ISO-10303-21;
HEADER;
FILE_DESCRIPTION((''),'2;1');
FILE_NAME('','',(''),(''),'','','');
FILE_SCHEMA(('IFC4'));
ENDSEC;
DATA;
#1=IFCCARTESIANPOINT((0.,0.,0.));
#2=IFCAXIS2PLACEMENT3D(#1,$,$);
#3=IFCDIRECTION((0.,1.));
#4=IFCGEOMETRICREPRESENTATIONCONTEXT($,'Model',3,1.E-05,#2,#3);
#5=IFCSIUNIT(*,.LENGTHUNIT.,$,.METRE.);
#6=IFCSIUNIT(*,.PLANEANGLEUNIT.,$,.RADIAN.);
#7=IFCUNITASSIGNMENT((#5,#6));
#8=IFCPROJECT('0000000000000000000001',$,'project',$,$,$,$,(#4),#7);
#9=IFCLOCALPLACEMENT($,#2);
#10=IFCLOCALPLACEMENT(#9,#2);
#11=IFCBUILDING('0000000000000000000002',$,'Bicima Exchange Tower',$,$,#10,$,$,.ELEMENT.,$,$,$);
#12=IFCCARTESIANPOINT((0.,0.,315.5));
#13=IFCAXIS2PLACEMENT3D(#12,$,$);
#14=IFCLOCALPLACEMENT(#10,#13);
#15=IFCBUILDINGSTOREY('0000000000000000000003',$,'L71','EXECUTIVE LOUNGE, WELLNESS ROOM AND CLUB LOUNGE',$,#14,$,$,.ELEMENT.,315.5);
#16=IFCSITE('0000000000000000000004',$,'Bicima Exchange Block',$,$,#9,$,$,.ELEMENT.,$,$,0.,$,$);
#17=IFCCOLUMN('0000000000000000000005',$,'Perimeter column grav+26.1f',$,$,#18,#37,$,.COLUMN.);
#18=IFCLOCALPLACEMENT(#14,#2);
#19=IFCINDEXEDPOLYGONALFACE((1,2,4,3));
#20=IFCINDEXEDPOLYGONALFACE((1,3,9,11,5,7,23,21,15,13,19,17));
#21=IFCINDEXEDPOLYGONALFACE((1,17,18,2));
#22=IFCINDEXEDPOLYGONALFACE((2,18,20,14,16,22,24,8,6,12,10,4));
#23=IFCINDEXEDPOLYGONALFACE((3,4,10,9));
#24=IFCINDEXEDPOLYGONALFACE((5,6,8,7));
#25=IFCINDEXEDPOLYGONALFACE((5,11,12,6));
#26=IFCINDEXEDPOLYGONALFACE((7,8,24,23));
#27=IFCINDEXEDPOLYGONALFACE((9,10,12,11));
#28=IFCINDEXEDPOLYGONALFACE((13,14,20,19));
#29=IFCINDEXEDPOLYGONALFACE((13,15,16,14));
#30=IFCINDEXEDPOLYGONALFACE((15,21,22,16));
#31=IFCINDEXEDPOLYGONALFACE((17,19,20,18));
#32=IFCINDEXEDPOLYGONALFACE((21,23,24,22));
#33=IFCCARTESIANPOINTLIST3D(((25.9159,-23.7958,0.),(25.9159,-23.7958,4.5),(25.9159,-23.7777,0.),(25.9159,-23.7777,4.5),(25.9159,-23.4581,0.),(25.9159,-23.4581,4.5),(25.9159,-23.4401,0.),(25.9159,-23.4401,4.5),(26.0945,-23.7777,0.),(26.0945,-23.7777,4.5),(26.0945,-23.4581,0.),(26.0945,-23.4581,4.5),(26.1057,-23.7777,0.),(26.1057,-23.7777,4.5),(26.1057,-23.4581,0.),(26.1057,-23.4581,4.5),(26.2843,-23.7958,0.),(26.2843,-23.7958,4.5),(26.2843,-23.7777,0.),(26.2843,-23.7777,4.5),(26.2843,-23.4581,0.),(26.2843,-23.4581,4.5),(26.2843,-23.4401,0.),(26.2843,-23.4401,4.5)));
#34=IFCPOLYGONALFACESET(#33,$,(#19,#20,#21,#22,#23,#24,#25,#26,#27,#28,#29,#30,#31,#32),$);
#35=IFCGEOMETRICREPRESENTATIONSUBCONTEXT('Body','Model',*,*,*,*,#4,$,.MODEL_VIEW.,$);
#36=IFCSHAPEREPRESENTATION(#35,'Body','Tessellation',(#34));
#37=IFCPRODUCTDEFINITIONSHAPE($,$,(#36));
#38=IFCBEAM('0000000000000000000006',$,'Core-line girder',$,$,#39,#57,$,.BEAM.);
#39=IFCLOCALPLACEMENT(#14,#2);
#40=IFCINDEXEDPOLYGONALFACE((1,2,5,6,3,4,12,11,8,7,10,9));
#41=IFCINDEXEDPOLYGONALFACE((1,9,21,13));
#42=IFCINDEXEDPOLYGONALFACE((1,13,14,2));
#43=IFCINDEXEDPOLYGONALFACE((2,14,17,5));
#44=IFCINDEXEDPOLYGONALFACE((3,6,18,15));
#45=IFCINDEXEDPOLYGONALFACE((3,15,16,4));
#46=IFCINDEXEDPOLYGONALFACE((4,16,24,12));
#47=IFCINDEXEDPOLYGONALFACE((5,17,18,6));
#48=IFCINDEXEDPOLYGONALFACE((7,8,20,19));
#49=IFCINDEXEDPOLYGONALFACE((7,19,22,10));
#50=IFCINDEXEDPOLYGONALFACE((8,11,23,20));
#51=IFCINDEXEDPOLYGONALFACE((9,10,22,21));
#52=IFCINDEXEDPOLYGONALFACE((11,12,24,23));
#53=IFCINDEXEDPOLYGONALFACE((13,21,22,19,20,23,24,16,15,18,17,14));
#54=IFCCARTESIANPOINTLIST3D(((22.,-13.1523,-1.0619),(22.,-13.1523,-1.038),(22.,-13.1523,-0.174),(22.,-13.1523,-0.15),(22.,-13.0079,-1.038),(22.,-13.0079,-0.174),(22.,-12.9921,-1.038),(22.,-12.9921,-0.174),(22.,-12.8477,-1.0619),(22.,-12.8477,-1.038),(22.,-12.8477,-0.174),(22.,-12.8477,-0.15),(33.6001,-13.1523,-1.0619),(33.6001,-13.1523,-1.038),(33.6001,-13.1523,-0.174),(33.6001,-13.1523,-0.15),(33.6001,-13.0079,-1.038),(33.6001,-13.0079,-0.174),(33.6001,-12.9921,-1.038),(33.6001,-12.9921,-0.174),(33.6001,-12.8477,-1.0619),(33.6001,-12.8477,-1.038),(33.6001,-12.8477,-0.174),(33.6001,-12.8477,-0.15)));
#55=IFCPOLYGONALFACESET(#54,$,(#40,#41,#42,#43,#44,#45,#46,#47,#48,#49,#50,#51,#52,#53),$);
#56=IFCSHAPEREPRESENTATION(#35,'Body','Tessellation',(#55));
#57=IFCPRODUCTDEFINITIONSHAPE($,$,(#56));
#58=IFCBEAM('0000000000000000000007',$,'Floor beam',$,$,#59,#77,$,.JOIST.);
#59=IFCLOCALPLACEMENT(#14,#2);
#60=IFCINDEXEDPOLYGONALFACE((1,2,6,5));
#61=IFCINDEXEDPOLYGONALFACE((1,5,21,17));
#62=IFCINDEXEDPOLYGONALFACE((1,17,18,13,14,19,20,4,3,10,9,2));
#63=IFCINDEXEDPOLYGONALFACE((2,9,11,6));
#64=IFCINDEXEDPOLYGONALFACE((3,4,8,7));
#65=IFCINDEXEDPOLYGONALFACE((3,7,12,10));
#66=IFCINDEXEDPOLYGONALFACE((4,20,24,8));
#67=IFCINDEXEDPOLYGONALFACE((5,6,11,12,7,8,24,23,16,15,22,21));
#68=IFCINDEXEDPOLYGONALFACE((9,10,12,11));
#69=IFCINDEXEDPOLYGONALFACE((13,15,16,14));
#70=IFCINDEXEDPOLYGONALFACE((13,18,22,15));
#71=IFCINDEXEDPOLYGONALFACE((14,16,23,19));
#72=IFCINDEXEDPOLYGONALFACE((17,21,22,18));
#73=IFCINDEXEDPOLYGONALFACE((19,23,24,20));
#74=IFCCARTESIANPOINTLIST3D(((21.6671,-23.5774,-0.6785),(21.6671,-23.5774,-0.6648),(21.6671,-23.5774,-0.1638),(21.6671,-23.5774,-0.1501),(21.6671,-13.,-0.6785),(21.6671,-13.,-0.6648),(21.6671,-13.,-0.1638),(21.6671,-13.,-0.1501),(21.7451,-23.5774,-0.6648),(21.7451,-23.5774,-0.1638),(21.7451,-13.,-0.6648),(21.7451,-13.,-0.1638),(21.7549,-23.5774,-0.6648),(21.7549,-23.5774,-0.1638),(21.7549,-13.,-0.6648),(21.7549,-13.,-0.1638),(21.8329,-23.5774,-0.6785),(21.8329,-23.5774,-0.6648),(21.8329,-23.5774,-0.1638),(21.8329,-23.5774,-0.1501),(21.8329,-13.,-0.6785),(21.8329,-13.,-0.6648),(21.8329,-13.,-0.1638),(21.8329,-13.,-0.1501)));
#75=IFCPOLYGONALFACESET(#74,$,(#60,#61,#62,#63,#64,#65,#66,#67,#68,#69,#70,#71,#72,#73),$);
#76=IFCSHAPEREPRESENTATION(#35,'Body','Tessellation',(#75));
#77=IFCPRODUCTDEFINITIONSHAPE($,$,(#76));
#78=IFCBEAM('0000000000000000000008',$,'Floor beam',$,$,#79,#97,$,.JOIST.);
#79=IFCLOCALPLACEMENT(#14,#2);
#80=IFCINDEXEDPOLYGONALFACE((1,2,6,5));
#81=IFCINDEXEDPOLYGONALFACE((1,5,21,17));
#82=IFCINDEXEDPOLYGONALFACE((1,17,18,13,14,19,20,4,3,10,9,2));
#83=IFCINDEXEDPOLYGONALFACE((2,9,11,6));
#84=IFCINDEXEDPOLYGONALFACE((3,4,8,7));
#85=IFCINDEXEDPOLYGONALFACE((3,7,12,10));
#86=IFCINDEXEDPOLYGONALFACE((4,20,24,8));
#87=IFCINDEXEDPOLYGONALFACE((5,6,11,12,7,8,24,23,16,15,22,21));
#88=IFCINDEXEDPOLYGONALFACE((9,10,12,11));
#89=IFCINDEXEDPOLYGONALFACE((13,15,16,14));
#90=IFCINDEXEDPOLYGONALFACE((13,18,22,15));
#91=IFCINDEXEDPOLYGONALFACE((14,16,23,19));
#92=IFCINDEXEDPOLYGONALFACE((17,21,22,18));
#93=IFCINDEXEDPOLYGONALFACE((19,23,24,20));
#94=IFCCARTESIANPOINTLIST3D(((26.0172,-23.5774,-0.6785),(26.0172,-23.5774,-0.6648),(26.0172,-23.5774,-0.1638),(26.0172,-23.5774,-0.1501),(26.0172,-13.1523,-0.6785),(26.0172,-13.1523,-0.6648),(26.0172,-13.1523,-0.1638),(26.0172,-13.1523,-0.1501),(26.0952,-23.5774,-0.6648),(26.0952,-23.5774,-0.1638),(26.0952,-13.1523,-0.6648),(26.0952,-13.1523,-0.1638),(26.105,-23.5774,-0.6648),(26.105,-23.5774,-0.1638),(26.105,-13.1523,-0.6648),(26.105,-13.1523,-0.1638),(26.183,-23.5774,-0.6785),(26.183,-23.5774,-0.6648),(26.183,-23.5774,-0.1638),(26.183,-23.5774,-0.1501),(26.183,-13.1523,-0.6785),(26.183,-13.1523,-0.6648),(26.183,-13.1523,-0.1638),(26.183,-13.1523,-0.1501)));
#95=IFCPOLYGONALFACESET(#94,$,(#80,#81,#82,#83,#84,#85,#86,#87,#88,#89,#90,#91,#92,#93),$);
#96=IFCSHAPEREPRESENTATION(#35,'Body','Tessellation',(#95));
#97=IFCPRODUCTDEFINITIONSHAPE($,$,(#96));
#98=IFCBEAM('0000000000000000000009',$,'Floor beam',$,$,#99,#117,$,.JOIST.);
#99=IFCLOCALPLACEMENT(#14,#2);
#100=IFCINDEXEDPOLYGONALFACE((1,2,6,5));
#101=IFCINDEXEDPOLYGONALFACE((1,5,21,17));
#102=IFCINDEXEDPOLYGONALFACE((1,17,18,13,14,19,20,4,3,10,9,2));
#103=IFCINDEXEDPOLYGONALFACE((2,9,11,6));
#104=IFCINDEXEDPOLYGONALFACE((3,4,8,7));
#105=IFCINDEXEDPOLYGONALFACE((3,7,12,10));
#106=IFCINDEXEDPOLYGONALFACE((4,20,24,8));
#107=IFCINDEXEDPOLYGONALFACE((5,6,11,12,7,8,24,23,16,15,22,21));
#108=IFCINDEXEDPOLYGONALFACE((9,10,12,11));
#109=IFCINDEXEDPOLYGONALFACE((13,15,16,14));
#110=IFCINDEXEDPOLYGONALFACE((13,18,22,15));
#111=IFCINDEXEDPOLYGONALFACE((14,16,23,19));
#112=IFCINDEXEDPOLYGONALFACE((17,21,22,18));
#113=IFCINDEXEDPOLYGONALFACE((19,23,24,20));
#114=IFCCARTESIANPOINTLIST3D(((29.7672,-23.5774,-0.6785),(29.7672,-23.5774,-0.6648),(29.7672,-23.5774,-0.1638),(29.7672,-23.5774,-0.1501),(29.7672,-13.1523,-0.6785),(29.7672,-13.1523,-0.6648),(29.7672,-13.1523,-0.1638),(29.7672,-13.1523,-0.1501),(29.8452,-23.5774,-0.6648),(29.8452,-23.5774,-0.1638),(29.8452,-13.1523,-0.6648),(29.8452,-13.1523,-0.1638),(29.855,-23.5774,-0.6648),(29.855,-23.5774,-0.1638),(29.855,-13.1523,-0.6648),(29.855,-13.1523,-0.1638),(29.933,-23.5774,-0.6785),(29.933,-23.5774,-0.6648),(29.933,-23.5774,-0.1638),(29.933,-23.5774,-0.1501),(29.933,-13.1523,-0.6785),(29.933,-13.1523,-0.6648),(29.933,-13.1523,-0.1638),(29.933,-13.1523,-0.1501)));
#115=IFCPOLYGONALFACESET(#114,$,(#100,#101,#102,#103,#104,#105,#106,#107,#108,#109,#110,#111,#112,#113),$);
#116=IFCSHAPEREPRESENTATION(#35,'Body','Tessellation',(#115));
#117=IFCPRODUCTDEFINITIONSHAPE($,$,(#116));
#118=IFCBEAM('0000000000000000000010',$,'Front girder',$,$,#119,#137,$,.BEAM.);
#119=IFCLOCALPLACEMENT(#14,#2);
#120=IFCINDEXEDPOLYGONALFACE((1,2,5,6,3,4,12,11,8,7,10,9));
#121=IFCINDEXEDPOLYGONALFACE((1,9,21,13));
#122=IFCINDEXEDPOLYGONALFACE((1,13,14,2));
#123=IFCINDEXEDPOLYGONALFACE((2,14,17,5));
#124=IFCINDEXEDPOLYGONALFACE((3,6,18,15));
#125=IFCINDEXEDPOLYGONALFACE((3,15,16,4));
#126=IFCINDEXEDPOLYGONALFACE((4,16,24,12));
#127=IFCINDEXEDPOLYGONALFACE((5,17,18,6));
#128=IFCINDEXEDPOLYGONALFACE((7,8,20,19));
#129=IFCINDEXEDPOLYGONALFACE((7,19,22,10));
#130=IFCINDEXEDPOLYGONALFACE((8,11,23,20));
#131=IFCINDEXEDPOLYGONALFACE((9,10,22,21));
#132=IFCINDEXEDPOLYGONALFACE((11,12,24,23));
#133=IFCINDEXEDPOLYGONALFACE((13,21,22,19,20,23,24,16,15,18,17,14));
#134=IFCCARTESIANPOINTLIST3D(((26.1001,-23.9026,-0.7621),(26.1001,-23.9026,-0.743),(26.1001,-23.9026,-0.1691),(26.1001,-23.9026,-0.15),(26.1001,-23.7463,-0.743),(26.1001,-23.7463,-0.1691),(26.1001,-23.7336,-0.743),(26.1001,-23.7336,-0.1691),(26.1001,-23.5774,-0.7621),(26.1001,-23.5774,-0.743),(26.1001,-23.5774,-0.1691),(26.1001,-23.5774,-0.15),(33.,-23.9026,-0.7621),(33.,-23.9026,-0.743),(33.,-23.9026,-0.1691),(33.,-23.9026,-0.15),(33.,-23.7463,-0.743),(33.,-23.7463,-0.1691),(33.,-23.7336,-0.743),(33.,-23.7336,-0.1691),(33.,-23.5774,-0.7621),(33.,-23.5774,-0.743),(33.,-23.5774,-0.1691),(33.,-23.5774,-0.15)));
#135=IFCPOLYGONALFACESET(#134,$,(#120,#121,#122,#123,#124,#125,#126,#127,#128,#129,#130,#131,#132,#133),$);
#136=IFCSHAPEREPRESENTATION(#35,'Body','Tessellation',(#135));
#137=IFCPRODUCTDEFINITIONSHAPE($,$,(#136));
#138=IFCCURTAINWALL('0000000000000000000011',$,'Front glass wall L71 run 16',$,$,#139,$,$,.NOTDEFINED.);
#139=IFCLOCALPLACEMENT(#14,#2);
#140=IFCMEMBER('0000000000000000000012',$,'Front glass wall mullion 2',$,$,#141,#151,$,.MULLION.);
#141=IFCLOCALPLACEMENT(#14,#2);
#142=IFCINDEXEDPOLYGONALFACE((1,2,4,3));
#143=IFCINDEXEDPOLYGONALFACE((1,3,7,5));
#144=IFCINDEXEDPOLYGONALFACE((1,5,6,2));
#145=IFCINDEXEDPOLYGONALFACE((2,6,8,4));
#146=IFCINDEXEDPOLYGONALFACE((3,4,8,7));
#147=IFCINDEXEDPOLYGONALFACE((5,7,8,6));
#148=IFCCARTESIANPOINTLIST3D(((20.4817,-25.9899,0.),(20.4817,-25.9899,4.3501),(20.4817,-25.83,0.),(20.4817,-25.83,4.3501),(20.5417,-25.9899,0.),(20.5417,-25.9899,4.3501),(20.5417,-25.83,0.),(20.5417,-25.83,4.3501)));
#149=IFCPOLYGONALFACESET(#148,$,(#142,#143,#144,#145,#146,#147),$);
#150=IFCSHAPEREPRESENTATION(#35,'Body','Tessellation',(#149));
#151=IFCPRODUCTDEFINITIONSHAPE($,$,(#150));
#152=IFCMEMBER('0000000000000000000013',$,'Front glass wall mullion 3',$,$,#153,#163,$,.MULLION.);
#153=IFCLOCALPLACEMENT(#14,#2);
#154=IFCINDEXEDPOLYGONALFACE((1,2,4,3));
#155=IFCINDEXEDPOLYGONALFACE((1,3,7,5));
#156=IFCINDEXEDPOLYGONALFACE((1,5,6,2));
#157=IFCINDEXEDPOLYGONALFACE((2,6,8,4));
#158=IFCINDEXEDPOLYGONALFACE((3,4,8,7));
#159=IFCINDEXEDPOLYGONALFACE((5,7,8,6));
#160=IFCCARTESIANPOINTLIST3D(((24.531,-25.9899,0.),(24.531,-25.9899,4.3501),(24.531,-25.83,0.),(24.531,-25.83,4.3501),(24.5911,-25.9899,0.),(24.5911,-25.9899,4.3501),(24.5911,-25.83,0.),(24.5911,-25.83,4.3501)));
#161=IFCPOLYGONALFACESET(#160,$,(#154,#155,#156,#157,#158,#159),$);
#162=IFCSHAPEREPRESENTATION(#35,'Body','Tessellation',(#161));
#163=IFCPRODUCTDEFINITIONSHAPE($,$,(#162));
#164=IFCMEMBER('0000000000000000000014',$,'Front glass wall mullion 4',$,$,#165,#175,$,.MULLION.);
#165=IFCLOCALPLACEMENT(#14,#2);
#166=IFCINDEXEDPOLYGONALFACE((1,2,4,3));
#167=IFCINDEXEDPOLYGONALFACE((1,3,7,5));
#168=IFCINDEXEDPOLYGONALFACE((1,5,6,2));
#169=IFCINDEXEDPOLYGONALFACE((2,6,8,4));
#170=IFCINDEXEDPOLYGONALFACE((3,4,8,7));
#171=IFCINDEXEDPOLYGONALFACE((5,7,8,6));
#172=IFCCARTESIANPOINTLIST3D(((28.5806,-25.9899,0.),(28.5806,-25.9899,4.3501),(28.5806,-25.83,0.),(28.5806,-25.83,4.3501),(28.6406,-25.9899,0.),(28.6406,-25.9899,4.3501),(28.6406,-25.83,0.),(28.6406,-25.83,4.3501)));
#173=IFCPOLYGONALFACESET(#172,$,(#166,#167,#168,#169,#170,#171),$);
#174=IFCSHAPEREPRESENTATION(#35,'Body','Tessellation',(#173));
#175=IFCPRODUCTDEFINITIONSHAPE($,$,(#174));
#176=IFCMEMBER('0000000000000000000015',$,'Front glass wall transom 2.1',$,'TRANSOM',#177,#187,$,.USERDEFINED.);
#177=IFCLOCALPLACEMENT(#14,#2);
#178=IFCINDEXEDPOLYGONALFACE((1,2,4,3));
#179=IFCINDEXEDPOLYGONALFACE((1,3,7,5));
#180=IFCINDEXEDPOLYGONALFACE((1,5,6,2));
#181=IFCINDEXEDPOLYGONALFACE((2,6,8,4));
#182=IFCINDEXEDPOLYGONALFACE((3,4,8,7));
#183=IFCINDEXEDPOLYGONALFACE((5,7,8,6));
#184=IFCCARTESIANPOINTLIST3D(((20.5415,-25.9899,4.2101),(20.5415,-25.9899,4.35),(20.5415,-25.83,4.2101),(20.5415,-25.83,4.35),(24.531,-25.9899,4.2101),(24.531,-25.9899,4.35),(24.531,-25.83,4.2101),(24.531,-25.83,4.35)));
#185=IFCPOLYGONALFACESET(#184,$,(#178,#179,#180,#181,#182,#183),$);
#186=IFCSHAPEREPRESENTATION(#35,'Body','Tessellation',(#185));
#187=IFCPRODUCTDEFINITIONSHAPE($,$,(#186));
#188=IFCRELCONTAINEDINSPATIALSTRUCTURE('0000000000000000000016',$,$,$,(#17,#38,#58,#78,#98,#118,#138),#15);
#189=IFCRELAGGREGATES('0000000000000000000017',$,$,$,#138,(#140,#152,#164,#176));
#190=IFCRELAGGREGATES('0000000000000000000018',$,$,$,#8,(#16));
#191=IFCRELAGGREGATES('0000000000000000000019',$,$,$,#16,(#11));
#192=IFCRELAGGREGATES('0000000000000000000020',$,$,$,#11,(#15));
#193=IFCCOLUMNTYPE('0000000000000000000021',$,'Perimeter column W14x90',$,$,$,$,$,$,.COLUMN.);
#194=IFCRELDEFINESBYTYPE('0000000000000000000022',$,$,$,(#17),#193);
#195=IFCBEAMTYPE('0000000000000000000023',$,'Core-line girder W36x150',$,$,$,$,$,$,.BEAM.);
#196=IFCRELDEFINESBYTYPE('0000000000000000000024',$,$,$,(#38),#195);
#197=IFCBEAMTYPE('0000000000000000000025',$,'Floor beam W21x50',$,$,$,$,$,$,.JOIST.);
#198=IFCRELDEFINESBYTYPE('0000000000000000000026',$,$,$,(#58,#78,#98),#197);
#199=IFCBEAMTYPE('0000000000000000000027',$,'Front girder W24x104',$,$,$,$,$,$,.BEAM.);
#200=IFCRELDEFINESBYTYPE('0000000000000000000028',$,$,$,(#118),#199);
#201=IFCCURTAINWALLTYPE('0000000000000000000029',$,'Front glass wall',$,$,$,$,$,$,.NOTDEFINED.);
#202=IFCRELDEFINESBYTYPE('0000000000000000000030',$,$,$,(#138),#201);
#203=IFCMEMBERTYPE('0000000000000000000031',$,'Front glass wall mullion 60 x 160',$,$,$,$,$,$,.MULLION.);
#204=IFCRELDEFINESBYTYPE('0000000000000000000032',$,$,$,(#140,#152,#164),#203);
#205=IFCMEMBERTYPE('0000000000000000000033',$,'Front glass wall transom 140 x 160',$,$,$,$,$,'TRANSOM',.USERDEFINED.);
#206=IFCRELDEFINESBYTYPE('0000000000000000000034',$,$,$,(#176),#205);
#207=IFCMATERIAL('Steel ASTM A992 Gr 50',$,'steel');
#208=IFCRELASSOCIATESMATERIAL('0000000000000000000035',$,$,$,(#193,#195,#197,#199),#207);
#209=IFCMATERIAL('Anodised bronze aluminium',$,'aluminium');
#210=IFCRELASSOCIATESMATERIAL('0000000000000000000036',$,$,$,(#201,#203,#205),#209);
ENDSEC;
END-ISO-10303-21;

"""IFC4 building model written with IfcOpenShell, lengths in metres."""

from ifc_helpers import new_model, si_unit, direction, frame, origin, origin_2d, place, context, subcontext, project, spatial, rectangle, i_section, extrude, material, material_profile, profile_set, type_object, element, aggregate, save


model = new_model("IFC4")

# Units and contexts
model_context = context("Model", 3, precision=1e-05, world=origin(), true_north=direction((0.0, 1.0)))
body_context = subcontext(model_context, "Body", "Model", "MODEL_VIEW")
ifc_project = project(units=[si_unit("LENGTHUNIT", "METRE"), si_unit("PLANEANGLEUNIT", "RADIAN")], contexts=[model_context])

# Site, building, storey
site_placement = place(None, origin())
site = spatial("IfcSite", under=ifc_project, at=site_placement, Name="Bicima Exchange Block", CompositionType="ELEMENT", RefElevation=0.0)
building_placement = place(site_placement, origin())
building = spatial("IfcBuilding", under=site, at=building_placement, Name="Bicima Exchange Tower", CompositionType="ELEMENT")
storey_placement = place(building_placement, frame((0.0, 0.0, 315.5)))
storey = spatial("IfcBuildingStorey", under=building, at=storey_placement, Name="L71", Description="EXECUTIVE LOUNGE, WELLNESS ROOM AND CLUB LOUNGE", CompositionType="ELEMENT", Elevation=315.5)

# Column
ifc_material_1 = material(Name="Steel ASTM A992 Gr 50", Category="steel")
ifc_material_profile_1 = material_profile(ifc_material_1, i_section(OverallWidth=0.3684, OverallDepth=0.3557, WebThickness=0.0112, FlangeThickness=0.0181, at=origin_2d()))
ifc_profile_set_1 = profile_set([ifc_material_profile_1], Name="Steel ASTM A992 Gr 50")
column_type = type_object("IfcColumnType", Name="Perimeter column W14x90", PredefinedType="COLUMN", material=ifc_profile_set_1)
column_placement = place(storey_placement, frame((26.1001, -23.6179, 0.0), z_axis=(0.0, 0.0, 1.0), x_axis=(1.0, 0.0, 0.0)))
element("IfcColumn", 1, at=column_placement, inside=storey, type_object=column_type, Name="Perimeter column grav+26.1f", PredefinedType="COLUMN", context=body_context, shape_type="SweptSolid", body=[
    extrude(i_section(OverallWidth=0.3684, OverallDepth=0.3557, WebThickness=0.0112, FlangeThickness=0.0181, at=origin_2d()), origin(), (0.0, 0.0, 1.0), 4.5),
])

# Beams
ifc_material_profile_2 = material_profile(ifc_material_1, i_section(OverallWidth=0.3047, OverallDepth=0.9119, WebThickness=0.0159, FlangeThickness=0.0239, at=origin_2d()))
ifc_profile_set_2 = profile_set([ifc_material_profile_2], Name="Steel ASTM A992 Gr 50")
beam_type_1 = type_object("IfcBeamType", Name="Core-line girder W36x150", PredefinedType="BEAM", material=ifc_profile_set_2)
beam_1_placement = place(storey_placement, frame((22.0, -13.0, -0.606), z_axis=(1.0, 0.0, 0.0), x_axis=(0.0, 1.0, 0.0)))
element("IfcBeam", 2, at=beam_1_placement, inside=storey, type_object=beam_type_1, Name="Core-line girder", PredefinedType="BEAM", context=body_context, shape_type="SweptSolid", body=[
    extrude(i_section(OverallWidth=0.3047, OverallDepth=0.9119, WebThickness=0.0159, FlangeThickness=0.0239, at=origin_2d()), origin(), (0.0, 0.0, 1.0), 11.6001),
])
ifc_material_profile_3 = material_profile(ifc_material_1, i_section(OverallWidth=0.1658, OverallDepth=0.5283, WebThickness=0.0098, FlangeThickness=0.0137, at=origin_2d()))
ifc_profile_set_3 = profile_set([ifc_material_profile_3], Name="Steel ASTM A992 Gr 50")
beam_type_2 = type_object("IfcBeamType", Name="Floor beam W21x50", PredefinedType="JOIST", material=ifc_profile_set_3)
beam_2_placement = place(storey_placement, frame((21.75, -13.0, -0.4143), z_axis=(0.0, -1.0, 0.0), x_axis=(1.0, 0.0, 0.0)))
element("IfcBeam", 3, at=beam_2_placement, inside=storey, type_object=beam_type_2, Name="Floor beam", PredefinedType="JOIST", context=body_context, shape_type="SweptSolid", body=[
    extrude(i_section(OverallWidth=0.1658, OverallDepth=0.5283, WebThickness=0.0098, FlangeThickness=0.0137, at=origin_2d()), origin(), (0.0, 0.0, 1.0), 10.5774),
])
for number, where, z_axis, x_axis, name in (
    (4, (26.1001, -13.1523, -0.4143), (0.0, -1.0, 0.0), (1.0, 0.0, 0.0), "Floor beam"),
    (5, (29.8501, -13.1523, -0.4143), (0.0, -1.0, 0.0), (1.0, 0.0, 0.0), "Floor beam"),
):
    element("IfcBeam", number, at=place(storey_placement, frame(where, z_axis=z_axis, x_axis=x_axis)), inside=storey, type_object=beam_type_2, Name=name, PredefinedType="JOIST", context=body_context, shape_type="SweptSolid", body=[
        extrude(i_section(OverallWidth=0.1658, OverallDepth=0.5283, WebThickness=0.0098, FlangeThickness=0.0137, at=origin_2d()), origin(), (0.0, 0.0, 1.0), 10.425),
    ])
ifc_material_profile_4 = material_profile(ifc_material_1, i_section(OverallWidth=0.3252, OverallDepth=0.6121, WebThickness=0.0127, FlangeThickness=0.019, at=origin_2d()))
ifc_profile_set_4 = profile_set([ifc_material_profile_4], Name="Steel ASTM A992 Gr 50")
beam_type_3 = type_object("IfcBeamType", Name="Front girder W24x104", PredefinedType="BEAM", material=ifc_profile_set_4)
beam_3_placement = place(storey_placement, frame((26.1001, -23.74, -0.4561), z_axis=(1.0, 0.0, 0.0), x_axis=(0.0, 1.0, 0.0)))
element("IfcBeam", 6, at=beam_3_placement, inside=storey, type_object=beam_type_3, Name="Front girder", PredefinedType="BEAM", context=body_context, shape_type="SweptSolid", body=[
    extrude(i_section(OverallWidth=0.3252, OverallDepth=0.6121, WebThickness=0.0127, FlangeThickness=0.019, at=origin_2d()), origin(), (0.0, 0.0, 1.0), 6.8999),
])

# Curtain wall, members
ifc_material_2 = material(Name="Anodised bronze aluminium", Category="aluminium")
curtain_wall_type = type_object("IfcCurtainWallType", Name="Front glass wall", PredefinedType="NOTDEFINED", material=ifc_material_2)
curtain_wall_placement = place(storey_placement, origin())
curtain_wall = element("IfcCurtainWall", 7, at=curtain_wall_placement, inside=storey, type_object=curtain_wall_type, Name="Front glass wall L71 run 16", PredefinedType="NOTDEFINED")
ifc_material_profile_5 = material_profile(ifc_material_2, rectangle(XDim=0.1599, YDim=0.0601, at=origin_2d()))
ifc_profile_set_5 = profile_set([ifc_material_profile_5], Name="Anodised bronze aluminium")
member_type_1 = type_object("IfcMemberType", Name="Front glass wall mullion 60 x 160", PredefinedType="MULLION", material=ifc_profile_set_5)
member_1_placement = place(storey_placement, frame((20.5117, -25.9099, 0.0), z_axis=(0.0, 0.0, 1.0), x_axis=(0.0, 1.0, 0.0)))
member_1 = element("IfcMember", 8, at=member_1_placement, type_object=member_type_1, Name="Front glass wall mullion 2", PredefinedType="MULLION", context=body_context, shape_type="SweptSolid", body=[
    extrude(rectangle(XDim=0.1599, YDim=0.0601, at=origin_2d()), origin(), (0.0, 0.0, 1.0), 4.3501),
])
member_2_placement = place(storey_placement, frame((24.561, -25.9099, 0.0), z_axis=(0.0, 0.0, 1.0), x_axis=(0.0, 1.0, 0.0)))
member_2 = element("IfcMember", 9, at=member_2_placement, type_object=member_type_1, Name="Front glass wall mullion 3", PredefinedType="MULLION", context=body_context, shape_type="SweptSolid", body=[
    extrude(rectangle(XDim=0.1599, YDim=0.0601, at=origin_2d()), origin(), (0.0, 0.0, 1.0), 4.3501),
])
member_3_placement = place(storey_placement, frame((28.6106, -25.9099, 0.0), z_axis=(0.0, 0.0, 1.0), x_axis=(0.0, 1.0, 0.0)))
member_3 = element("IfcMember", 10, at=member_3_placement, type_object=member_type_1, Name="Front glass wall mullion 4", PredefinedType="MULLION", context=body_context, shape_type="SweptSolid", body=[
    extrude(rectangle(XDim=0.1599, YDim=0.0601, at=origin_2d()), origin(), (0.0, 0.0, 1.0), 4.3501),
])
ifc_material_profile_6 = material_profile(ifc_material_2, rectangle(XDim=0.1599, YDim=0.1399, at=origin_2d()))
ifc_profile_set_6 = profile_set([ifc_material_profile_6], Name="Anodised bronze aluminium")
member_type_2 = type_object("IfcMemberType", Name="Front glass wall transom 140 x 160", ElementType="TRANSOM", PredefinedType="USERDEFINED", material=ifc_profile_set_6)
member_4_placement = place(storey_placement, frame((20.5415, -25.9099, 4.28), z_axis=(1.0, 0.0, 0.0), x_axis=(0.0, 1.0, 0.0)))
member_4 = element("IfcMember", 11, at=member_4_placement, type_object=member_type_2, Name="Front glass wall transom 2.1", ObjectType="TRANSOM", PredefinedType="USERDEFINED", context=body_context, shape_type="SweptSolid", body=[
    extrude(rectangle(XDim=0.1599, YDim=0.1399, at=origin_2d()), origin(), (0.0, 0.0, 1.0), 3.9895),
])
aggregate(curtain_wall, [member_1, member_2, member_3, member_4])

save(model, "model.ifc")
